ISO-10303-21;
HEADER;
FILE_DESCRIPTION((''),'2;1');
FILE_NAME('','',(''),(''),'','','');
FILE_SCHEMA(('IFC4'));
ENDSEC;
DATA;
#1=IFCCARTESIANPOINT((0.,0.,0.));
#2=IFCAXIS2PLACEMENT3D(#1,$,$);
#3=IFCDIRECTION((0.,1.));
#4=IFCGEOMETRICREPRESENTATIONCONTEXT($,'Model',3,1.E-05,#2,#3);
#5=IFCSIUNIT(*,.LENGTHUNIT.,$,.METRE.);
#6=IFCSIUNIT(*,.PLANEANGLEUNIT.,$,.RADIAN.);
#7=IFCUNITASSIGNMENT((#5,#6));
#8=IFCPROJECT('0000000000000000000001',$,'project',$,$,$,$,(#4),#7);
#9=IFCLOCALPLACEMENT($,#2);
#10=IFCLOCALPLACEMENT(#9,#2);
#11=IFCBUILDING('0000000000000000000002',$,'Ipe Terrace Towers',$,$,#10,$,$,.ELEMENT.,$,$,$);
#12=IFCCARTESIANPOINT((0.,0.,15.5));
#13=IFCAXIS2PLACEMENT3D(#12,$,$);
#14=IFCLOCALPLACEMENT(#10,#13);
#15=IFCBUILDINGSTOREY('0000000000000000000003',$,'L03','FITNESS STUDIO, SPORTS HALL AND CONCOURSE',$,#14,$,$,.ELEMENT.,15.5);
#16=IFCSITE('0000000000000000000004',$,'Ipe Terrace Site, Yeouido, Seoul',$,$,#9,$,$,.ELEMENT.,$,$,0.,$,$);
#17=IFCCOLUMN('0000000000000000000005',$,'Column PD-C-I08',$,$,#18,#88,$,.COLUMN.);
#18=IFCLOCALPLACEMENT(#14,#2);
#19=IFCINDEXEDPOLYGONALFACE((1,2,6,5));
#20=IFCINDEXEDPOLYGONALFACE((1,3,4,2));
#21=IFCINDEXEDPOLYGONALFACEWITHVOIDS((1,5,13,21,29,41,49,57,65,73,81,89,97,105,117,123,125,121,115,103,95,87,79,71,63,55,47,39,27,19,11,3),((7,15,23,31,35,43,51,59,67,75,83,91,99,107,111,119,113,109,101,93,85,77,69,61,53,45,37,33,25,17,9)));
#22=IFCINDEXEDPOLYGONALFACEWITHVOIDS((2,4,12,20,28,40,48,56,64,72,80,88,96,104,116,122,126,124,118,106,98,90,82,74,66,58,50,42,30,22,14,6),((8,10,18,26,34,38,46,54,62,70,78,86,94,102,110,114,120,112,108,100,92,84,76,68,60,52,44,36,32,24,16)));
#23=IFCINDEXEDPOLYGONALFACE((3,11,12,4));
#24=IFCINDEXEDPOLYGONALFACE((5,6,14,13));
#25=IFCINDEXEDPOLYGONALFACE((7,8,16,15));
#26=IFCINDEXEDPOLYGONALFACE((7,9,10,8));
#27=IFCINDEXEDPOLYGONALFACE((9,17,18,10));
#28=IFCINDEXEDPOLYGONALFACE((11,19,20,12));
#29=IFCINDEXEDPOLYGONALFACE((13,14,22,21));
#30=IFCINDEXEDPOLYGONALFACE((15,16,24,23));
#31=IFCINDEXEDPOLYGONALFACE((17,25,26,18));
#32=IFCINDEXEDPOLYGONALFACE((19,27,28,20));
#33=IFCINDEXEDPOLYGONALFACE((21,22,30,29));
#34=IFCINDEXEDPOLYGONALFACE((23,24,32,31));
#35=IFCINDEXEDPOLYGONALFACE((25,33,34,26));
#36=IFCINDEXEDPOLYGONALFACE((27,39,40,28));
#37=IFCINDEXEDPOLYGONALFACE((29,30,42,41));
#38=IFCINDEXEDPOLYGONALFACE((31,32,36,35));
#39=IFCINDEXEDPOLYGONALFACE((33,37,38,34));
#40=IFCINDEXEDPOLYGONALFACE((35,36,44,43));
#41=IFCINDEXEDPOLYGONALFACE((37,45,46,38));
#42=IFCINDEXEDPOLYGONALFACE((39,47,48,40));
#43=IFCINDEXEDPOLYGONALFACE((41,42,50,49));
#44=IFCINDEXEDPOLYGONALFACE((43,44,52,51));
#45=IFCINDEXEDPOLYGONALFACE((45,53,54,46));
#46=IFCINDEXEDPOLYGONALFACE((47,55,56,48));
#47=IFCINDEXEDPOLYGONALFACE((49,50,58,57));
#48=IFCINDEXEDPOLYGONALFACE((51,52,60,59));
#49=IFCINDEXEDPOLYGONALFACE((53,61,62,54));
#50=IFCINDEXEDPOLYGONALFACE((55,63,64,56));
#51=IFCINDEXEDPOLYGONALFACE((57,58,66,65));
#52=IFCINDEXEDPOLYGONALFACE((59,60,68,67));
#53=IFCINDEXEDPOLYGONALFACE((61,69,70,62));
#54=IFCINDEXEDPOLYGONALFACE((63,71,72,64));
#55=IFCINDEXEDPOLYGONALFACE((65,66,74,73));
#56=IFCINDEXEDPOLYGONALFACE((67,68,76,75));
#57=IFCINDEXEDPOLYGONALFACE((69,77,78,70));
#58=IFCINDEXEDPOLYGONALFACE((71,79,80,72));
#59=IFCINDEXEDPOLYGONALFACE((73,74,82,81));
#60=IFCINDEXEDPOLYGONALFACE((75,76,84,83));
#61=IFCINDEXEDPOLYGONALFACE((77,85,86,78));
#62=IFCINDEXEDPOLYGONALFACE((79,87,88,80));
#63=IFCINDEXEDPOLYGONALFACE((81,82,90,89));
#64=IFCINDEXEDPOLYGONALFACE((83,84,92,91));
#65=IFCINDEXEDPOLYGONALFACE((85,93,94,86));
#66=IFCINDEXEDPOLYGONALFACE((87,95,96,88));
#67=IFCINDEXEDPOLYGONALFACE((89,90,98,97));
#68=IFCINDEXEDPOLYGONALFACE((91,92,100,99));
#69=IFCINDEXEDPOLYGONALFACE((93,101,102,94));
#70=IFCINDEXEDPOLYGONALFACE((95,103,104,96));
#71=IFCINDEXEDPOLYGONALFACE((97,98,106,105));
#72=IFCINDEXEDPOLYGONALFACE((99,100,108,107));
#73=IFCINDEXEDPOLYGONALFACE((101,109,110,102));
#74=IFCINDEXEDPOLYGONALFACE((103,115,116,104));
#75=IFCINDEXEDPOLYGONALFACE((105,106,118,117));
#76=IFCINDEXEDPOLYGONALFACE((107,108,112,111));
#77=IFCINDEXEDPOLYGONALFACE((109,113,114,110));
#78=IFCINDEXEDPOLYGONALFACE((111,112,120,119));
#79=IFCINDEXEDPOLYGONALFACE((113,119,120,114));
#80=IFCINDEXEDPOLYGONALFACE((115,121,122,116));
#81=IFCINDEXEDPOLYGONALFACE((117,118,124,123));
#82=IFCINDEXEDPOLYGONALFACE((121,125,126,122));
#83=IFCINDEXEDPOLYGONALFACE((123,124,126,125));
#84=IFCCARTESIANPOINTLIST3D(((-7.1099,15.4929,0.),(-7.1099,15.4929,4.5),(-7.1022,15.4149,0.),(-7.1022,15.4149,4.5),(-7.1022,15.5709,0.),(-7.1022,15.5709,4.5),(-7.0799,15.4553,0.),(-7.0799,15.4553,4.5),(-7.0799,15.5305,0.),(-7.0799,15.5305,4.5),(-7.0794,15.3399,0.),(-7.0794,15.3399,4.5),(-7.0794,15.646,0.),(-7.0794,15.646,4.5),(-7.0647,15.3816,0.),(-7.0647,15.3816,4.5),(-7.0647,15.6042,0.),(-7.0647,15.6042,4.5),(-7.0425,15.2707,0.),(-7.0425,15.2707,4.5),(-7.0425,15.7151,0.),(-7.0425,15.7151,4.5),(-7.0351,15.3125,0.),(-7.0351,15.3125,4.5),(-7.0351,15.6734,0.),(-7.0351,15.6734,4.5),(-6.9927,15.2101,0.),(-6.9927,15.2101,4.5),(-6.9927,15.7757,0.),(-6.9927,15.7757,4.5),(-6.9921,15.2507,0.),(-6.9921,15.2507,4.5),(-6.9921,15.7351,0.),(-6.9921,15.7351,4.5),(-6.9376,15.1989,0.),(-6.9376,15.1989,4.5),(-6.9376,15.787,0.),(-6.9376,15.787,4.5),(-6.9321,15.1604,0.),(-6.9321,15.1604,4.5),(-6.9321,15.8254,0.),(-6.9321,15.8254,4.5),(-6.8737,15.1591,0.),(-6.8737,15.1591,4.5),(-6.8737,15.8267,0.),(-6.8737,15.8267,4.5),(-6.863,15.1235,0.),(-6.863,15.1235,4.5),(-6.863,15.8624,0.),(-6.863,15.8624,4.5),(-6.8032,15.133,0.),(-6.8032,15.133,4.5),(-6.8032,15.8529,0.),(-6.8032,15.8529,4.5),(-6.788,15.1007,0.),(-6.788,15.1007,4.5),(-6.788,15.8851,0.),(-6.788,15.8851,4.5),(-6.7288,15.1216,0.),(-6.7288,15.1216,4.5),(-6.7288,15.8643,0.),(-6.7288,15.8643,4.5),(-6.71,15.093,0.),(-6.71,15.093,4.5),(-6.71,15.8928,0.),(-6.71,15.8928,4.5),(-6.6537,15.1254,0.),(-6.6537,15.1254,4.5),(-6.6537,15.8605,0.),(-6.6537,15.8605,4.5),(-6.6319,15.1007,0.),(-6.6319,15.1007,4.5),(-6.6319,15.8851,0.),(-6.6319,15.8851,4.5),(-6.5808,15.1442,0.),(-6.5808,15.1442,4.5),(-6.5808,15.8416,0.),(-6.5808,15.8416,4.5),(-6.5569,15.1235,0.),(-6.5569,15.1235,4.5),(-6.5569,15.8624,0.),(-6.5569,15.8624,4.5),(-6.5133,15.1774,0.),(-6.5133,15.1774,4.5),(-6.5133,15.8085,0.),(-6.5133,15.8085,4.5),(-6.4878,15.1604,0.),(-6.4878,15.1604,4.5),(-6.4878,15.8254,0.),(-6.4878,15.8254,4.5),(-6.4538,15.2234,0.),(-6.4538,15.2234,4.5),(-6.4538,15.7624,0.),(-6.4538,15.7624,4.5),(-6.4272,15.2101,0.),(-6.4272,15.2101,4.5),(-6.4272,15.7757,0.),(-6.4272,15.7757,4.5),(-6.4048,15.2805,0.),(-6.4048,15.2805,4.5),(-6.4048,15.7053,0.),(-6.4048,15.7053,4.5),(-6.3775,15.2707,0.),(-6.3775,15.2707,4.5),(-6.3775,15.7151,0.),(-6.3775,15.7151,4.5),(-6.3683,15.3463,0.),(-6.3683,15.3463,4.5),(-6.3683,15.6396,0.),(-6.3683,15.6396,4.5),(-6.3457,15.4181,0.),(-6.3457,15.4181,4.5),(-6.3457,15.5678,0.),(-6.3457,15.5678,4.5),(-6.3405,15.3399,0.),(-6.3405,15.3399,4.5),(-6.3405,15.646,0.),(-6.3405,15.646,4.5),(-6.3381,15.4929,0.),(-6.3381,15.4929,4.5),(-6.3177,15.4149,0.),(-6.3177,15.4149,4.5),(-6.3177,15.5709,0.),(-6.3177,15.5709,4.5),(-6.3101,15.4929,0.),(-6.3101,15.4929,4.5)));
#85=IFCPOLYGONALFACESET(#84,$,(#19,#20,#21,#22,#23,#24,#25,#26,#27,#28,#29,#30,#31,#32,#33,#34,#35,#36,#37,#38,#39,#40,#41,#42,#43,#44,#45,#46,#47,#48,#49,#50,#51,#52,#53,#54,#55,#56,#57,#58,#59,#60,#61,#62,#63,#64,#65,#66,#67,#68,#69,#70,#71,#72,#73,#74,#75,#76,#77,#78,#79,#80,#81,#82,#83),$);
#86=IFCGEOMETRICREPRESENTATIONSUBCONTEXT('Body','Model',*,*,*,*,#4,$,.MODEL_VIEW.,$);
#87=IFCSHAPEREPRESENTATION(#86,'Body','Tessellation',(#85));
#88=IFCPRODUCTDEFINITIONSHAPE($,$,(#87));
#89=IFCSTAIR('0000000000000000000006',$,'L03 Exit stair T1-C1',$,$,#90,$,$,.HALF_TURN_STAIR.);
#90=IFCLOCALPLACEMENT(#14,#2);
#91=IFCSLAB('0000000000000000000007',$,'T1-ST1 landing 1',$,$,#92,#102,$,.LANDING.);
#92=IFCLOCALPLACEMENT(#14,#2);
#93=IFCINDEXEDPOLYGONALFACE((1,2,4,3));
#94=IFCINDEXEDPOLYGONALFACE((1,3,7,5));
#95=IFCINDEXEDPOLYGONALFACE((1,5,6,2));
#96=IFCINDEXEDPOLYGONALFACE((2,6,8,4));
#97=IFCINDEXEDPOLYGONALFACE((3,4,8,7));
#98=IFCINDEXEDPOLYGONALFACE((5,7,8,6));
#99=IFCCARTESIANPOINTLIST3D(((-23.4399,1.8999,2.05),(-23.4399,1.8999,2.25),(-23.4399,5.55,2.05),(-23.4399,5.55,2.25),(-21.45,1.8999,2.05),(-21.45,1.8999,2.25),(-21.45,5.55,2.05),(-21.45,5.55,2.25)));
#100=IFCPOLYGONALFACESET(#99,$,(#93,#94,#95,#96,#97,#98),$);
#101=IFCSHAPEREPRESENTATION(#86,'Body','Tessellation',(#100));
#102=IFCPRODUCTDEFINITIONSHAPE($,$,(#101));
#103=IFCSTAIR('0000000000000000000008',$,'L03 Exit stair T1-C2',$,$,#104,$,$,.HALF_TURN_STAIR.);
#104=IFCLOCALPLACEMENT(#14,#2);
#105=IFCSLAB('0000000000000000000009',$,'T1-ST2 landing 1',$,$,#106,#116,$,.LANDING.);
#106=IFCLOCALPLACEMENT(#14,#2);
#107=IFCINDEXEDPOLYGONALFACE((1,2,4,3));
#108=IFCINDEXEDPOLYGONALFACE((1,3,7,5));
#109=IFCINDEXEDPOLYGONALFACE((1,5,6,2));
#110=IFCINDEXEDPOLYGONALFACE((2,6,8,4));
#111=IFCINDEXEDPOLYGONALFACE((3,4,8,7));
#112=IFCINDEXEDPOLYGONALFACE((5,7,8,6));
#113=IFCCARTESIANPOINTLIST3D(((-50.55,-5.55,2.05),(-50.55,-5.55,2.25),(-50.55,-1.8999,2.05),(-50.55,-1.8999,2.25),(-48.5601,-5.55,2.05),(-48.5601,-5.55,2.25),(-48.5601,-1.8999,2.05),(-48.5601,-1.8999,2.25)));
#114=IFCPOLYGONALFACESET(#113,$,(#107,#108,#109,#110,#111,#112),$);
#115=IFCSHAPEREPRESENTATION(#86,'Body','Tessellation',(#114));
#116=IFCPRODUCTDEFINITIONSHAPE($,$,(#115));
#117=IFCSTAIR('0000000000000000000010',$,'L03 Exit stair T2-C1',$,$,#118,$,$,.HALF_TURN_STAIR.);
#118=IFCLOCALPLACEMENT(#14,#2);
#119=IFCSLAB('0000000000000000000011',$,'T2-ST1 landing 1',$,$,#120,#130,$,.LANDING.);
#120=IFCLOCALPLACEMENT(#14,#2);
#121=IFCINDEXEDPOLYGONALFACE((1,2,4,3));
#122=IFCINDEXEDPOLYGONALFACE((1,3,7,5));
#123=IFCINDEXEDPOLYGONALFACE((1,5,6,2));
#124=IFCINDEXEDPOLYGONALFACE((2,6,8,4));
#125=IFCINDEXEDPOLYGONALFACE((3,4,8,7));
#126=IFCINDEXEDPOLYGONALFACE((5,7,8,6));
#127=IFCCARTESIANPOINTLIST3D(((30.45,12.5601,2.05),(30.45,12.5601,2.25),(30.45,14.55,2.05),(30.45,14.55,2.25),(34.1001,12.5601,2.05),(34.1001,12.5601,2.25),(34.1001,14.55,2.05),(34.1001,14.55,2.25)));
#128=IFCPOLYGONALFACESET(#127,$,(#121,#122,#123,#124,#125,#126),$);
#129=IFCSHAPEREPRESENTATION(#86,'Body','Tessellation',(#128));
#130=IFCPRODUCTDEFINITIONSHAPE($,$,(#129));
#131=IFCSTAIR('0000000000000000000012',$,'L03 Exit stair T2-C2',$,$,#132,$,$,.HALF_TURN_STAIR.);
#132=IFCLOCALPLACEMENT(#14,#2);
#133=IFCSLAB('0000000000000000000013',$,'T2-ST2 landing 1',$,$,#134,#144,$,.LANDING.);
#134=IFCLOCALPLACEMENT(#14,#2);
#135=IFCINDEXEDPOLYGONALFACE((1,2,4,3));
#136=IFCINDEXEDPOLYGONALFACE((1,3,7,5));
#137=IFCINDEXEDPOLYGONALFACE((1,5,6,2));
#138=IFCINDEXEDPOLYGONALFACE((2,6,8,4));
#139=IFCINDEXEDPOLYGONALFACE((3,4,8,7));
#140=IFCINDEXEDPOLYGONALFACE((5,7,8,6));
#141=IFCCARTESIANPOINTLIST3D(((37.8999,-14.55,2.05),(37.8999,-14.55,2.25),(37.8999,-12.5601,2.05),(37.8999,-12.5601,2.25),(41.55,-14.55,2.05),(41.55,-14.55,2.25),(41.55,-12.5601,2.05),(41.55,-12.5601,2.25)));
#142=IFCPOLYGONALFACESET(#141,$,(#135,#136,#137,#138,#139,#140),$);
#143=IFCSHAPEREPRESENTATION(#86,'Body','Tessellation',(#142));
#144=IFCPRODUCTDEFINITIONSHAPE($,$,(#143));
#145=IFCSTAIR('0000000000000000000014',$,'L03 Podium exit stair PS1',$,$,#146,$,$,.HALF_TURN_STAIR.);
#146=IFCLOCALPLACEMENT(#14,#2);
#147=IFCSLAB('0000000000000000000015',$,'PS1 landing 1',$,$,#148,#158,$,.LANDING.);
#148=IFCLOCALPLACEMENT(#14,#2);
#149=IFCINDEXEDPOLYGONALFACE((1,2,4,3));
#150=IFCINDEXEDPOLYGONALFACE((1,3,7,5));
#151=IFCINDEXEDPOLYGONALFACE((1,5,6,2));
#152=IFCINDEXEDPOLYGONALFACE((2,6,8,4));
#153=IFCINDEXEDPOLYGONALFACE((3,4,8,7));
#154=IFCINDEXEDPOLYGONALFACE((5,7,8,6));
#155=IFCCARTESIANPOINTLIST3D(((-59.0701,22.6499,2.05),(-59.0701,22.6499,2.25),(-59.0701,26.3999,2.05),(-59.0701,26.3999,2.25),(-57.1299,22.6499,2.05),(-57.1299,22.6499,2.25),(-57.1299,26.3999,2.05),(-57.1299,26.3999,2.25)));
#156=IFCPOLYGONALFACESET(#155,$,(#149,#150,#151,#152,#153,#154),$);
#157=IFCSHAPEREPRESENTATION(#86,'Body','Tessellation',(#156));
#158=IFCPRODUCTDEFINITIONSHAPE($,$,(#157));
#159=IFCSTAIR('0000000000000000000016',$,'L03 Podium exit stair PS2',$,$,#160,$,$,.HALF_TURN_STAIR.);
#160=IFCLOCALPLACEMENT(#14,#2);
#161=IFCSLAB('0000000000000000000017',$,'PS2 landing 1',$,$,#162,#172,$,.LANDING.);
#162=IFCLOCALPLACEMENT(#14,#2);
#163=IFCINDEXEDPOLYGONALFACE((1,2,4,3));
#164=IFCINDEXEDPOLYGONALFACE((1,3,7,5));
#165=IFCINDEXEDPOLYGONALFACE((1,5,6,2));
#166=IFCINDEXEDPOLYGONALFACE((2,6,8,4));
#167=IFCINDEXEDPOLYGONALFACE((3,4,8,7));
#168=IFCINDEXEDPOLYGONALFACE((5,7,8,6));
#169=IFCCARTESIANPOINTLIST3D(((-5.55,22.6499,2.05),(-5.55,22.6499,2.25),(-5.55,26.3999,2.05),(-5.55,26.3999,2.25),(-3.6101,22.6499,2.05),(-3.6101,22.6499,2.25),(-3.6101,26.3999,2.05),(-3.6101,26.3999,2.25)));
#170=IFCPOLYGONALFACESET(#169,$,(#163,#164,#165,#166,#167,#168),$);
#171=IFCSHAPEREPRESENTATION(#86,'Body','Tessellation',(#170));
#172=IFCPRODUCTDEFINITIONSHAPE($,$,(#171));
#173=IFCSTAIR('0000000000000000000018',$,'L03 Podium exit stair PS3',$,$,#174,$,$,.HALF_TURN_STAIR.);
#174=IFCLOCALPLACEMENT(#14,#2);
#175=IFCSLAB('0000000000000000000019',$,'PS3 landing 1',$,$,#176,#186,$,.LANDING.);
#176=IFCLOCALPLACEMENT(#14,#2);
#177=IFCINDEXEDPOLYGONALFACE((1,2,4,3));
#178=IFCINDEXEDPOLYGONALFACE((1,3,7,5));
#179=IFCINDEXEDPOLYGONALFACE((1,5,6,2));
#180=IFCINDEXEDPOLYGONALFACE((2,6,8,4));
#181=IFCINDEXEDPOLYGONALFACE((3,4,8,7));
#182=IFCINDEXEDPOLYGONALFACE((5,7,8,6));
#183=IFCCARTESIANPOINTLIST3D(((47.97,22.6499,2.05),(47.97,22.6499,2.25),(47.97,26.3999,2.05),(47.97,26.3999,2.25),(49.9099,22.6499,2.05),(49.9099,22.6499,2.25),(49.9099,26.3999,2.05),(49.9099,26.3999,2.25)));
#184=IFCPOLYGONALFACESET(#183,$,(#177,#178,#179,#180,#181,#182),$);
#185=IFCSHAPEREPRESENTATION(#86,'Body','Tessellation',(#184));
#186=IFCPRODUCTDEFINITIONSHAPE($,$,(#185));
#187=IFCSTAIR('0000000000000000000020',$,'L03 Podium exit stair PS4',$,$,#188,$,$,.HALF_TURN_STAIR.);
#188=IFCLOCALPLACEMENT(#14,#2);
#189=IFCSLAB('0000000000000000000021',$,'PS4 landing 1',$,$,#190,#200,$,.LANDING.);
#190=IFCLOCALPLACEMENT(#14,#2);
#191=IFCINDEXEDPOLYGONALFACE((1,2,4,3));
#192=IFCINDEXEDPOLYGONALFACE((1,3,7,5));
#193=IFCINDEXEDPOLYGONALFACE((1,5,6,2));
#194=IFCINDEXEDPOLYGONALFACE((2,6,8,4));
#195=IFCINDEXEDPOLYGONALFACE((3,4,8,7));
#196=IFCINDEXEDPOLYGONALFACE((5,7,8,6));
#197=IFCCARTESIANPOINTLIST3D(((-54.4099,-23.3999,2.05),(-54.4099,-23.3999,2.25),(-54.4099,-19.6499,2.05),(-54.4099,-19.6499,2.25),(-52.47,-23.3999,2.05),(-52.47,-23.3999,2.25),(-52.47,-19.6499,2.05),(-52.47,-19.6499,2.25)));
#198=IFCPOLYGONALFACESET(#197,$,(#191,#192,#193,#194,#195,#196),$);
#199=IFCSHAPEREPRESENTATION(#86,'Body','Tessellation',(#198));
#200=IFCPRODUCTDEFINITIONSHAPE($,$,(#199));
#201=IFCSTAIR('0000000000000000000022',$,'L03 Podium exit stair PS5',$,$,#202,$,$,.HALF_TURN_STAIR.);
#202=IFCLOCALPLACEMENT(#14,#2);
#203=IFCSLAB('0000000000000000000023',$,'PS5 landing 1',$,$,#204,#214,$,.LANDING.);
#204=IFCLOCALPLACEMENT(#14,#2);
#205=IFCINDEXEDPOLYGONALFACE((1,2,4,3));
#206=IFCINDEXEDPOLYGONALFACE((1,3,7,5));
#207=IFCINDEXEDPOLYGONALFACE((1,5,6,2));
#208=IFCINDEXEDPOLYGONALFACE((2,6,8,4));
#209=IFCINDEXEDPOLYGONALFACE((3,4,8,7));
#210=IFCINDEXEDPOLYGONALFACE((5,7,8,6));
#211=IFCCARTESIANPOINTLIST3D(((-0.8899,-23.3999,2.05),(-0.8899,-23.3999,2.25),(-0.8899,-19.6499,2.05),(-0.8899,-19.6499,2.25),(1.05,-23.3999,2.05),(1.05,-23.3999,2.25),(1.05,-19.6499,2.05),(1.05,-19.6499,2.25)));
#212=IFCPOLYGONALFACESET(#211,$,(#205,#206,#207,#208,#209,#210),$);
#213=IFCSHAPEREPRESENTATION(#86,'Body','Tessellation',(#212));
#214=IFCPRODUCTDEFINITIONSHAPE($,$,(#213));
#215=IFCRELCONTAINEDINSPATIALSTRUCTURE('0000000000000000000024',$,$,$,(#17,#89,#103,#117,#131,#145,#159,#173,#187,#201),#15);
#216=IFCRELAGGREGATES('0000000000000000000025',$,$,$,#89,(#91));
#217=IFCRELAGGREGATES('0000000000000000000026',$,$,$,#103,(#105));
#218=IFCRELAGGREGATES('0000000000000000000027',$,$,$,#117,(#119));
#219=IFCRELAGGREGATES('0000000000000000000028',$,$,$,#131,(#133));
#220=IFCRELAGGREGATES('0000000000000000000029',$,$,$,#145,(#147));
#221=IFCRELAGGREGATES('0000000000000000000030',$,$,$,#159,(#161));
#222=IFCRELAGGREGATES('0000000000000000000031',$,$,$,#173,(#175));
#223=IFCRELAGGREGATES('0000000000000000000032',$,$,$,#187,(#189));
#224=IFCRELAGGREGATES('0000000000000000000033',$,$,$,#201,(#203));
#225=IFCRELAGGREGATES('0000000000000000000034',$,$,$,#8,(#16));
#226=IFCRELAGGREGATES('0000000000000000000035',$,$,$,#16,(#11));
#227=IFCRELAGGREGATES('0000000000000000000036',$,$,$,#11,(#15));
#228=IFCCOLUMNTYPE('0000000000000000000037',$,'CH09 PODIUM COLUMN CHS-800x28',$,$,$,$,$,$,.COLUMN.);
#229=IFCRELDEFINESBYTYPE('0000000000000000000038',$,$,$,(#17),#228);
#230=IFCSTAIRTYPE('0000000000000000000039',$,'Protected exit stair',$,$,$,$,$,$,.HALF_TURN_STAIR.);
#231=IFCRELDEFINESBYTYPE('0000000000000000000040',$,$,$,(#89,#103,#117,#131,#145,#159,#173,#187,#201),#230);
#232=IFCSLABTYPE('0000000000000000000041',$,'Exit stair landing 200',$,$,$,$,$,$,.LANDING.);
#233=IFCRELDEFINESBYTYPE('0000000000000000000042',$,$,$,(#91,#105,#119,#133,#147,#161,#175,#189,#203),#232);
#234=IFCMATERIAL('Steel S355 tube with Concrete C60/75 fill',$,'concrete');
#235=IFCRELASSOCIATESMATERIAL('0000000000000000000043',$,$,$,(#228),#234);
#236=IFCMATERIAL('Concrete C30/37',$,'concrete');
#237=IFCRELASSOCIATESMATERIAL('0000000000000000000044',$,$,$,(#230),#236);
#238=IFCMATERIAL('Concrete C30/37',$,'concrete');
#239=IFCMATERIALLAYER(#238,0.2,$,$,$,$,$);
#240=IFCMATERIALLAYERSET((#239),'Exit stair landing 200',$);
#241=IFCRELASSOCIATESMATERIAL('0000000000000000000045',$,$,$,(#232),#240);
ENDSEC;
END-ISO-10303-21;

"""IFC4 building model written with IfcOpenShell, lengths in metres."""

from ifc_helpers import new_model, si_unit, direction, frame, origin, origin_2d, place, context, subcontext, project, spatial, polyline, hollow_circle, outline, extrude, material, layer, layer_set, material_profile, profile_set, type_object, element, aggregate, save


model = new_model("IFC4")

# Units and contexts
model_context = context("Model", 3, precision=1e-05, world=origin(), true_north=direction((0.0, 1.0)))
body_context = subcontext(model_context, "Body", "Model", "MODEL_VIEW")
ifc_project = project(units=[si_unit("LENGTHUNIT", "METRE"), si_unit("PLANEANGLEUNIT", "RADIAN")], contexts=[model_context])

# Site, building, storey
site_placement = place(None, origin())
site = spatial("IfcSite", under=ifc_project, at=site_placement, Name="Ipe Terrace Site, Yeouido, Seoul", CompositionType="ELEMENT", RefElevation=0.0)
building_placement = place(site_placement, origin())
building = spatial("IfcBuilding", under=site, at=building_placement, Name="Ipe Terrace Towers", CompositionType="ELEMENT")
storey_placement = place(building_placement, frame((0.0, 0.0, 15.5)))
storey = spatial("IfcBuildingStorey", under=building, at=storey_placement, Name="L03", Description="FITNESS STUDIO, SPORTS HALL AND CONCOURSE", CompositionType="ELEMENT", Elevation=15.5)

# Column
ifc_material_1 = material(Name="Steel S355 tube with Concrete C60/75 fill", Category="concrete")
ifc_material_profile_1 = material_profile(ifc_material_1, hollow_circle(Radius=0.3999, WallThickness=0.0281, at=origin_2d()), Name="CHS-800x28")
ifc_profile_set_1 = profile_set([ifc_material_profile_1], Name="Steel S355 tube with Concrete C60/75 fill")
column_type_1 = type_object("IfcColumnType", Name="CH09 PODIUM COLUMN CHS-800x28", PredefinedType="COLUMN", material=ifc_profile_set_1)
column_placement = place(storey_placement, frame((-6.71, 15.4929, 0.0), z_axis=(0.0, 0.0, 1.0), x_axis=(1.0, 0.0, 0.0)))
element("IfcColumn", 1, at=column_placement, inside=storey, type_object=column_type_1, Name="Column PD-C-I08", PredefinedType="COLUMN", context=body_context, shape_type="SweptSolid", body=[
    extrude(hollow_circle(Radius=0.3999, WallThickness=0.0281, at=origin_2d()), origin(), (0.0, 0.0, 1.0), 4.5),
])

# Stairs, slabs
ifc_material_2 = material(Name="Concrete C30/37", Category="concrete")
stair_type = type_object("IfcStairType", Name="Protected exit stair", PredefinedType="HALF_TURN_STAIR", material=ifc_material_2)
stair_1_placement = place(storey_placement, origin())
stair_1 = element("IfcStair", 2, at=stair_1_placement, inside=storey, type_object=stair_type, Name="L03 Exit stair T1-C1", PredefinedType="HALF_TURN_STAIR")
ifc_material_3 = material(Name="Concrete C30/37", Category="concrete")
ifc_layer_1 = layer(ifc_material_3, 0.2)
ifc_layer_set_1 = layer_set([ifc_layer_1], Name="Exit stair landing 200")
slab_type_1 = type_object("IfcSlabType", Name="Exit stair landing 200", PredefinedType="LANDING", material=ifc_layer_set_1)
slab_1_placement = place(storey_placement, frame((0.0, 0.0, 2.05)))
slab_1 = element("IfcSlab", 3, at=slab_1_placement, type_object=slab_type_1, Name="T1-ST1 landing 1", PredefinedType="LANDING", context=body_context, shape_type="SweptSolid", body=[
    extrude(outline(polyline([(-23.4399, 1.8999), (-21.45, 1.8999), (-21.45, 5.55), (-23.4399, 5.55), (-23.4399, 1.8999)])), origin(), (0.0, 0.0, 1.0), 0.2),
])
aggregate(stair_1, [slab_1])
stair_2_placement = place(storey_placement, origin())
stair_2 = element("IfcStair", 4, at=stair_2_placement, inside=storey, type_object=stair_type, Name="L03 Exit stair T1-C2", PredefinedType="HALF_TURN_STAIR")
slab_2_placement = place(storey_placement, frame((0.0, 0.0, 2.05)))
slab_2 = element("IfcSlab", 5, at=slab_2_placement, type_object=slab_type_1, Name="T1-ST2 landing 1", PredefinedType="LANDING", context=body_context, shape_type="SweptSolid", body=[
    extrude(outline(polyline([(-48.5601, -1.8999), (-50.55, -1.8999), (-50.55, -5.55), (-48.5601, -5.55), (-48.5601, -1.8999)])), origin(), (0.0, 0.0, 1.0), 0.2),
])
aggregate(stair_2, [slab_2])
stair_3_placement = place(storey_placement, origin())
stair_3 = element("IfcStair", 6, at=stair_3_placement, inside=storey, type_object=stair_type, Name="L03 Exit stair T2-C1", PredefinedType="HALF_TURN_STAIR")
slab_3_placement = place(storey_placement, frame((0.0, 0.0, 2.05)))
slab_3 = element("IfcSlab", 7, at=slab_3_placement, type_object=slab_type_1, Name="T2-ST1 landing 1", PredefinedType="LANDING", context=body_context, shape_type="SweptSolid", body=[
    extrude(outline(polyline([(34.1001, 12.5601), (34.1001, 14.55), (30.45, 14.55), (30.45, 12.5601), (34.1001, 12.5601)])), origin(), (0.0, 0.0, 1.0), 0.2),
])
aggregate(stair_3, [slab_3])
stair_4_placement = place(storey_placement, origin())
stair_4 = element("IfcStair", 8, at=stair_4_placement, inside=storey, type_object=stair_type, Name="L03 Exit stair T2-C2", PredefinedType="HALF_TURN_STAIR")
slab_4_placement = place(storey_placement, frame((0.0, 0.0, 2.05)))
slab_4 = element("IfcSlab", 9, at=slab_4_placement, type_object=slab_type_1, Name="T2-ST2 landing 1", PredefinedType="LANDING", context=body_context, shape_type="SweptSolid", body=[
    extrude(outline(polyline([(37.8999, -12.5601), (37.8999, -14.55), (41.55, -14.55), (41.55, -12.5601), (37.8999, -12.5601)])), origin(), (0.0, 0.0, 1.0), 0.2),
])
aggregate(stair_4, [slab_4])
stair_5_placement = place(storey_placement, origin())
stair_5 = element("IfcStair", 10, at=stair_5_placement, inside=storey, type_object=stair_type, Name="L03 Podium exit stair PS1", PredefinedType="HALF_TURN_STAIR")
slab_5_placement = place(storey_placement, frame((0.0, 0.0, 2.05)))
slab_5 = element("IfcSlab", 11, at=slab_5_placement, type_object=slab_type_1, Name="PS1 landing 1", PredefinedType="LANDING", context=body_context, shape_type="SweptSolid", body=[
    extrude(outline(polyline([(-57.1299, 26.3999), (-59.0701, 26.3999), (-59.0701, 22.6499), (-57.1299, 22.6499), (-57.1299, 26.3999)])), origin(), (0.0, 0.0, 1.0), 0.2),
])
aggregate(stair_5, [slab_5])
stair_6_placement = place(storey_placement, origin())
stair_6 = element("IfcStair", 12, at=stair_6_placement, inside=storey, type_object=stair_type, Name="L03 Podium exit stair PS2", PredefinedType="HALF_TURN_STAIR")
slab_6_placement = place(storey_placement, frame((0.0, 0.0, 2.05)))
slab_6 = element("IfcSlab", 13, at=slab_6_placement, type_object=slab_type_1, Name="PS2 landing 1", PredefinedType="LANDING", context=body_context, shape_type="SweptSolid", body=[
    extrude(outline(polyline([(-3.6101, 26.3999), (-5.55, 26.3999), (-5.55, 22.6499), (-3.6101, 22.6499), (-3.6101, 26.3999)])), origin(), (0.0, 0.0, 1.0), 0.2),
])
aggregate(stair_6, [slab_6])
stair_7_placement = place(storey_placement, origin())
stair_7 = element("IfcStair", 14, at=stair_7_placement, inside=storey, type_object=stair_type, Name="L03 Podium exit stair PS3", PredefinedType="HALF_TURN_STAIR")
slab_7_placement = place(storey_placement, frame((0.0, 0.0, 2.05)))
slab_7 = element("IfcSlab", 15, at=slab_7_placement, type_object=slab_type_1, Name="PS3 landing 1", PredefinedType="LANDING", context=body_context, shape_type="SweptSolid", body=[
    extrude(outline(polyline([(49.9099, 26.3999), (47.97, 26.3999), (47.97, 22.6499), (49.9099, 22.6499), (49.9099, 26.3999)])), origin(), (0.0, 0.0, 1.0), 0.2),
])
aggregate(stair_7, [slab_7])
stair_8_placement = place(storey_placement, origin())
stair_8 = element("IfcStair", 16, at=stair_8_placement, inside=storey, type_object=stair_type, Name="L03 Podium exit stair PS4", PredefinedType="HALF_TURN_STAIR")
slab_8_placement = place(storey_placement, frame((0.0, 0.0, 2.05)))
slab_8 = element("IfcSlab", 17, at=slab_8_placement, type_object=slab_type_1, Name="PS4 landing 1", PredefinedType="LANDING", context=body_context, shape_type="SweptSolid", body=[
    extrude(outline(polyline([(-54.4099, -23.3999), (-52.47, -23.3999), (-52.47, -19.6499), (-54.4099, -19.6499), (-54.4099, -23.3999)])), origin(), (0.0, 0.0, 1.0), 0.2),
])
aggregate(stair_8, [slab_8])
stair_9_placement = place(storey_placement, origin())
stair_9 = element("IfcStair", 18, at=stair_9_placement, inside=storey, type_object=stair_type, Name="L03 Podium exit stair PS5", PredefinedType="HALF_TURN_STAIR")
slab_9_placement = place(storey_placement, frame((0.0, 0.0, 2.05)))
slab_9 = element("IfcSlab", 19, at=slab_9_placement, type_object=slab_type_1, Name="PS5 landing 1", PredefinedType="LANDING", context=body_context, shape_type="SweptSolid", body=[
    extrude(outline(polyline([(-0.8899, -23.3999), (1.05, -23.3999), (1.05, -19.6499), (-0.8899, -19.6499), (-0.8899, -23.3999)])), origin(), (0.0, 0.0, 1.0), 0.2),
])
aggregate(stair_9, [slab_9])

save(model, "model.ifc")
